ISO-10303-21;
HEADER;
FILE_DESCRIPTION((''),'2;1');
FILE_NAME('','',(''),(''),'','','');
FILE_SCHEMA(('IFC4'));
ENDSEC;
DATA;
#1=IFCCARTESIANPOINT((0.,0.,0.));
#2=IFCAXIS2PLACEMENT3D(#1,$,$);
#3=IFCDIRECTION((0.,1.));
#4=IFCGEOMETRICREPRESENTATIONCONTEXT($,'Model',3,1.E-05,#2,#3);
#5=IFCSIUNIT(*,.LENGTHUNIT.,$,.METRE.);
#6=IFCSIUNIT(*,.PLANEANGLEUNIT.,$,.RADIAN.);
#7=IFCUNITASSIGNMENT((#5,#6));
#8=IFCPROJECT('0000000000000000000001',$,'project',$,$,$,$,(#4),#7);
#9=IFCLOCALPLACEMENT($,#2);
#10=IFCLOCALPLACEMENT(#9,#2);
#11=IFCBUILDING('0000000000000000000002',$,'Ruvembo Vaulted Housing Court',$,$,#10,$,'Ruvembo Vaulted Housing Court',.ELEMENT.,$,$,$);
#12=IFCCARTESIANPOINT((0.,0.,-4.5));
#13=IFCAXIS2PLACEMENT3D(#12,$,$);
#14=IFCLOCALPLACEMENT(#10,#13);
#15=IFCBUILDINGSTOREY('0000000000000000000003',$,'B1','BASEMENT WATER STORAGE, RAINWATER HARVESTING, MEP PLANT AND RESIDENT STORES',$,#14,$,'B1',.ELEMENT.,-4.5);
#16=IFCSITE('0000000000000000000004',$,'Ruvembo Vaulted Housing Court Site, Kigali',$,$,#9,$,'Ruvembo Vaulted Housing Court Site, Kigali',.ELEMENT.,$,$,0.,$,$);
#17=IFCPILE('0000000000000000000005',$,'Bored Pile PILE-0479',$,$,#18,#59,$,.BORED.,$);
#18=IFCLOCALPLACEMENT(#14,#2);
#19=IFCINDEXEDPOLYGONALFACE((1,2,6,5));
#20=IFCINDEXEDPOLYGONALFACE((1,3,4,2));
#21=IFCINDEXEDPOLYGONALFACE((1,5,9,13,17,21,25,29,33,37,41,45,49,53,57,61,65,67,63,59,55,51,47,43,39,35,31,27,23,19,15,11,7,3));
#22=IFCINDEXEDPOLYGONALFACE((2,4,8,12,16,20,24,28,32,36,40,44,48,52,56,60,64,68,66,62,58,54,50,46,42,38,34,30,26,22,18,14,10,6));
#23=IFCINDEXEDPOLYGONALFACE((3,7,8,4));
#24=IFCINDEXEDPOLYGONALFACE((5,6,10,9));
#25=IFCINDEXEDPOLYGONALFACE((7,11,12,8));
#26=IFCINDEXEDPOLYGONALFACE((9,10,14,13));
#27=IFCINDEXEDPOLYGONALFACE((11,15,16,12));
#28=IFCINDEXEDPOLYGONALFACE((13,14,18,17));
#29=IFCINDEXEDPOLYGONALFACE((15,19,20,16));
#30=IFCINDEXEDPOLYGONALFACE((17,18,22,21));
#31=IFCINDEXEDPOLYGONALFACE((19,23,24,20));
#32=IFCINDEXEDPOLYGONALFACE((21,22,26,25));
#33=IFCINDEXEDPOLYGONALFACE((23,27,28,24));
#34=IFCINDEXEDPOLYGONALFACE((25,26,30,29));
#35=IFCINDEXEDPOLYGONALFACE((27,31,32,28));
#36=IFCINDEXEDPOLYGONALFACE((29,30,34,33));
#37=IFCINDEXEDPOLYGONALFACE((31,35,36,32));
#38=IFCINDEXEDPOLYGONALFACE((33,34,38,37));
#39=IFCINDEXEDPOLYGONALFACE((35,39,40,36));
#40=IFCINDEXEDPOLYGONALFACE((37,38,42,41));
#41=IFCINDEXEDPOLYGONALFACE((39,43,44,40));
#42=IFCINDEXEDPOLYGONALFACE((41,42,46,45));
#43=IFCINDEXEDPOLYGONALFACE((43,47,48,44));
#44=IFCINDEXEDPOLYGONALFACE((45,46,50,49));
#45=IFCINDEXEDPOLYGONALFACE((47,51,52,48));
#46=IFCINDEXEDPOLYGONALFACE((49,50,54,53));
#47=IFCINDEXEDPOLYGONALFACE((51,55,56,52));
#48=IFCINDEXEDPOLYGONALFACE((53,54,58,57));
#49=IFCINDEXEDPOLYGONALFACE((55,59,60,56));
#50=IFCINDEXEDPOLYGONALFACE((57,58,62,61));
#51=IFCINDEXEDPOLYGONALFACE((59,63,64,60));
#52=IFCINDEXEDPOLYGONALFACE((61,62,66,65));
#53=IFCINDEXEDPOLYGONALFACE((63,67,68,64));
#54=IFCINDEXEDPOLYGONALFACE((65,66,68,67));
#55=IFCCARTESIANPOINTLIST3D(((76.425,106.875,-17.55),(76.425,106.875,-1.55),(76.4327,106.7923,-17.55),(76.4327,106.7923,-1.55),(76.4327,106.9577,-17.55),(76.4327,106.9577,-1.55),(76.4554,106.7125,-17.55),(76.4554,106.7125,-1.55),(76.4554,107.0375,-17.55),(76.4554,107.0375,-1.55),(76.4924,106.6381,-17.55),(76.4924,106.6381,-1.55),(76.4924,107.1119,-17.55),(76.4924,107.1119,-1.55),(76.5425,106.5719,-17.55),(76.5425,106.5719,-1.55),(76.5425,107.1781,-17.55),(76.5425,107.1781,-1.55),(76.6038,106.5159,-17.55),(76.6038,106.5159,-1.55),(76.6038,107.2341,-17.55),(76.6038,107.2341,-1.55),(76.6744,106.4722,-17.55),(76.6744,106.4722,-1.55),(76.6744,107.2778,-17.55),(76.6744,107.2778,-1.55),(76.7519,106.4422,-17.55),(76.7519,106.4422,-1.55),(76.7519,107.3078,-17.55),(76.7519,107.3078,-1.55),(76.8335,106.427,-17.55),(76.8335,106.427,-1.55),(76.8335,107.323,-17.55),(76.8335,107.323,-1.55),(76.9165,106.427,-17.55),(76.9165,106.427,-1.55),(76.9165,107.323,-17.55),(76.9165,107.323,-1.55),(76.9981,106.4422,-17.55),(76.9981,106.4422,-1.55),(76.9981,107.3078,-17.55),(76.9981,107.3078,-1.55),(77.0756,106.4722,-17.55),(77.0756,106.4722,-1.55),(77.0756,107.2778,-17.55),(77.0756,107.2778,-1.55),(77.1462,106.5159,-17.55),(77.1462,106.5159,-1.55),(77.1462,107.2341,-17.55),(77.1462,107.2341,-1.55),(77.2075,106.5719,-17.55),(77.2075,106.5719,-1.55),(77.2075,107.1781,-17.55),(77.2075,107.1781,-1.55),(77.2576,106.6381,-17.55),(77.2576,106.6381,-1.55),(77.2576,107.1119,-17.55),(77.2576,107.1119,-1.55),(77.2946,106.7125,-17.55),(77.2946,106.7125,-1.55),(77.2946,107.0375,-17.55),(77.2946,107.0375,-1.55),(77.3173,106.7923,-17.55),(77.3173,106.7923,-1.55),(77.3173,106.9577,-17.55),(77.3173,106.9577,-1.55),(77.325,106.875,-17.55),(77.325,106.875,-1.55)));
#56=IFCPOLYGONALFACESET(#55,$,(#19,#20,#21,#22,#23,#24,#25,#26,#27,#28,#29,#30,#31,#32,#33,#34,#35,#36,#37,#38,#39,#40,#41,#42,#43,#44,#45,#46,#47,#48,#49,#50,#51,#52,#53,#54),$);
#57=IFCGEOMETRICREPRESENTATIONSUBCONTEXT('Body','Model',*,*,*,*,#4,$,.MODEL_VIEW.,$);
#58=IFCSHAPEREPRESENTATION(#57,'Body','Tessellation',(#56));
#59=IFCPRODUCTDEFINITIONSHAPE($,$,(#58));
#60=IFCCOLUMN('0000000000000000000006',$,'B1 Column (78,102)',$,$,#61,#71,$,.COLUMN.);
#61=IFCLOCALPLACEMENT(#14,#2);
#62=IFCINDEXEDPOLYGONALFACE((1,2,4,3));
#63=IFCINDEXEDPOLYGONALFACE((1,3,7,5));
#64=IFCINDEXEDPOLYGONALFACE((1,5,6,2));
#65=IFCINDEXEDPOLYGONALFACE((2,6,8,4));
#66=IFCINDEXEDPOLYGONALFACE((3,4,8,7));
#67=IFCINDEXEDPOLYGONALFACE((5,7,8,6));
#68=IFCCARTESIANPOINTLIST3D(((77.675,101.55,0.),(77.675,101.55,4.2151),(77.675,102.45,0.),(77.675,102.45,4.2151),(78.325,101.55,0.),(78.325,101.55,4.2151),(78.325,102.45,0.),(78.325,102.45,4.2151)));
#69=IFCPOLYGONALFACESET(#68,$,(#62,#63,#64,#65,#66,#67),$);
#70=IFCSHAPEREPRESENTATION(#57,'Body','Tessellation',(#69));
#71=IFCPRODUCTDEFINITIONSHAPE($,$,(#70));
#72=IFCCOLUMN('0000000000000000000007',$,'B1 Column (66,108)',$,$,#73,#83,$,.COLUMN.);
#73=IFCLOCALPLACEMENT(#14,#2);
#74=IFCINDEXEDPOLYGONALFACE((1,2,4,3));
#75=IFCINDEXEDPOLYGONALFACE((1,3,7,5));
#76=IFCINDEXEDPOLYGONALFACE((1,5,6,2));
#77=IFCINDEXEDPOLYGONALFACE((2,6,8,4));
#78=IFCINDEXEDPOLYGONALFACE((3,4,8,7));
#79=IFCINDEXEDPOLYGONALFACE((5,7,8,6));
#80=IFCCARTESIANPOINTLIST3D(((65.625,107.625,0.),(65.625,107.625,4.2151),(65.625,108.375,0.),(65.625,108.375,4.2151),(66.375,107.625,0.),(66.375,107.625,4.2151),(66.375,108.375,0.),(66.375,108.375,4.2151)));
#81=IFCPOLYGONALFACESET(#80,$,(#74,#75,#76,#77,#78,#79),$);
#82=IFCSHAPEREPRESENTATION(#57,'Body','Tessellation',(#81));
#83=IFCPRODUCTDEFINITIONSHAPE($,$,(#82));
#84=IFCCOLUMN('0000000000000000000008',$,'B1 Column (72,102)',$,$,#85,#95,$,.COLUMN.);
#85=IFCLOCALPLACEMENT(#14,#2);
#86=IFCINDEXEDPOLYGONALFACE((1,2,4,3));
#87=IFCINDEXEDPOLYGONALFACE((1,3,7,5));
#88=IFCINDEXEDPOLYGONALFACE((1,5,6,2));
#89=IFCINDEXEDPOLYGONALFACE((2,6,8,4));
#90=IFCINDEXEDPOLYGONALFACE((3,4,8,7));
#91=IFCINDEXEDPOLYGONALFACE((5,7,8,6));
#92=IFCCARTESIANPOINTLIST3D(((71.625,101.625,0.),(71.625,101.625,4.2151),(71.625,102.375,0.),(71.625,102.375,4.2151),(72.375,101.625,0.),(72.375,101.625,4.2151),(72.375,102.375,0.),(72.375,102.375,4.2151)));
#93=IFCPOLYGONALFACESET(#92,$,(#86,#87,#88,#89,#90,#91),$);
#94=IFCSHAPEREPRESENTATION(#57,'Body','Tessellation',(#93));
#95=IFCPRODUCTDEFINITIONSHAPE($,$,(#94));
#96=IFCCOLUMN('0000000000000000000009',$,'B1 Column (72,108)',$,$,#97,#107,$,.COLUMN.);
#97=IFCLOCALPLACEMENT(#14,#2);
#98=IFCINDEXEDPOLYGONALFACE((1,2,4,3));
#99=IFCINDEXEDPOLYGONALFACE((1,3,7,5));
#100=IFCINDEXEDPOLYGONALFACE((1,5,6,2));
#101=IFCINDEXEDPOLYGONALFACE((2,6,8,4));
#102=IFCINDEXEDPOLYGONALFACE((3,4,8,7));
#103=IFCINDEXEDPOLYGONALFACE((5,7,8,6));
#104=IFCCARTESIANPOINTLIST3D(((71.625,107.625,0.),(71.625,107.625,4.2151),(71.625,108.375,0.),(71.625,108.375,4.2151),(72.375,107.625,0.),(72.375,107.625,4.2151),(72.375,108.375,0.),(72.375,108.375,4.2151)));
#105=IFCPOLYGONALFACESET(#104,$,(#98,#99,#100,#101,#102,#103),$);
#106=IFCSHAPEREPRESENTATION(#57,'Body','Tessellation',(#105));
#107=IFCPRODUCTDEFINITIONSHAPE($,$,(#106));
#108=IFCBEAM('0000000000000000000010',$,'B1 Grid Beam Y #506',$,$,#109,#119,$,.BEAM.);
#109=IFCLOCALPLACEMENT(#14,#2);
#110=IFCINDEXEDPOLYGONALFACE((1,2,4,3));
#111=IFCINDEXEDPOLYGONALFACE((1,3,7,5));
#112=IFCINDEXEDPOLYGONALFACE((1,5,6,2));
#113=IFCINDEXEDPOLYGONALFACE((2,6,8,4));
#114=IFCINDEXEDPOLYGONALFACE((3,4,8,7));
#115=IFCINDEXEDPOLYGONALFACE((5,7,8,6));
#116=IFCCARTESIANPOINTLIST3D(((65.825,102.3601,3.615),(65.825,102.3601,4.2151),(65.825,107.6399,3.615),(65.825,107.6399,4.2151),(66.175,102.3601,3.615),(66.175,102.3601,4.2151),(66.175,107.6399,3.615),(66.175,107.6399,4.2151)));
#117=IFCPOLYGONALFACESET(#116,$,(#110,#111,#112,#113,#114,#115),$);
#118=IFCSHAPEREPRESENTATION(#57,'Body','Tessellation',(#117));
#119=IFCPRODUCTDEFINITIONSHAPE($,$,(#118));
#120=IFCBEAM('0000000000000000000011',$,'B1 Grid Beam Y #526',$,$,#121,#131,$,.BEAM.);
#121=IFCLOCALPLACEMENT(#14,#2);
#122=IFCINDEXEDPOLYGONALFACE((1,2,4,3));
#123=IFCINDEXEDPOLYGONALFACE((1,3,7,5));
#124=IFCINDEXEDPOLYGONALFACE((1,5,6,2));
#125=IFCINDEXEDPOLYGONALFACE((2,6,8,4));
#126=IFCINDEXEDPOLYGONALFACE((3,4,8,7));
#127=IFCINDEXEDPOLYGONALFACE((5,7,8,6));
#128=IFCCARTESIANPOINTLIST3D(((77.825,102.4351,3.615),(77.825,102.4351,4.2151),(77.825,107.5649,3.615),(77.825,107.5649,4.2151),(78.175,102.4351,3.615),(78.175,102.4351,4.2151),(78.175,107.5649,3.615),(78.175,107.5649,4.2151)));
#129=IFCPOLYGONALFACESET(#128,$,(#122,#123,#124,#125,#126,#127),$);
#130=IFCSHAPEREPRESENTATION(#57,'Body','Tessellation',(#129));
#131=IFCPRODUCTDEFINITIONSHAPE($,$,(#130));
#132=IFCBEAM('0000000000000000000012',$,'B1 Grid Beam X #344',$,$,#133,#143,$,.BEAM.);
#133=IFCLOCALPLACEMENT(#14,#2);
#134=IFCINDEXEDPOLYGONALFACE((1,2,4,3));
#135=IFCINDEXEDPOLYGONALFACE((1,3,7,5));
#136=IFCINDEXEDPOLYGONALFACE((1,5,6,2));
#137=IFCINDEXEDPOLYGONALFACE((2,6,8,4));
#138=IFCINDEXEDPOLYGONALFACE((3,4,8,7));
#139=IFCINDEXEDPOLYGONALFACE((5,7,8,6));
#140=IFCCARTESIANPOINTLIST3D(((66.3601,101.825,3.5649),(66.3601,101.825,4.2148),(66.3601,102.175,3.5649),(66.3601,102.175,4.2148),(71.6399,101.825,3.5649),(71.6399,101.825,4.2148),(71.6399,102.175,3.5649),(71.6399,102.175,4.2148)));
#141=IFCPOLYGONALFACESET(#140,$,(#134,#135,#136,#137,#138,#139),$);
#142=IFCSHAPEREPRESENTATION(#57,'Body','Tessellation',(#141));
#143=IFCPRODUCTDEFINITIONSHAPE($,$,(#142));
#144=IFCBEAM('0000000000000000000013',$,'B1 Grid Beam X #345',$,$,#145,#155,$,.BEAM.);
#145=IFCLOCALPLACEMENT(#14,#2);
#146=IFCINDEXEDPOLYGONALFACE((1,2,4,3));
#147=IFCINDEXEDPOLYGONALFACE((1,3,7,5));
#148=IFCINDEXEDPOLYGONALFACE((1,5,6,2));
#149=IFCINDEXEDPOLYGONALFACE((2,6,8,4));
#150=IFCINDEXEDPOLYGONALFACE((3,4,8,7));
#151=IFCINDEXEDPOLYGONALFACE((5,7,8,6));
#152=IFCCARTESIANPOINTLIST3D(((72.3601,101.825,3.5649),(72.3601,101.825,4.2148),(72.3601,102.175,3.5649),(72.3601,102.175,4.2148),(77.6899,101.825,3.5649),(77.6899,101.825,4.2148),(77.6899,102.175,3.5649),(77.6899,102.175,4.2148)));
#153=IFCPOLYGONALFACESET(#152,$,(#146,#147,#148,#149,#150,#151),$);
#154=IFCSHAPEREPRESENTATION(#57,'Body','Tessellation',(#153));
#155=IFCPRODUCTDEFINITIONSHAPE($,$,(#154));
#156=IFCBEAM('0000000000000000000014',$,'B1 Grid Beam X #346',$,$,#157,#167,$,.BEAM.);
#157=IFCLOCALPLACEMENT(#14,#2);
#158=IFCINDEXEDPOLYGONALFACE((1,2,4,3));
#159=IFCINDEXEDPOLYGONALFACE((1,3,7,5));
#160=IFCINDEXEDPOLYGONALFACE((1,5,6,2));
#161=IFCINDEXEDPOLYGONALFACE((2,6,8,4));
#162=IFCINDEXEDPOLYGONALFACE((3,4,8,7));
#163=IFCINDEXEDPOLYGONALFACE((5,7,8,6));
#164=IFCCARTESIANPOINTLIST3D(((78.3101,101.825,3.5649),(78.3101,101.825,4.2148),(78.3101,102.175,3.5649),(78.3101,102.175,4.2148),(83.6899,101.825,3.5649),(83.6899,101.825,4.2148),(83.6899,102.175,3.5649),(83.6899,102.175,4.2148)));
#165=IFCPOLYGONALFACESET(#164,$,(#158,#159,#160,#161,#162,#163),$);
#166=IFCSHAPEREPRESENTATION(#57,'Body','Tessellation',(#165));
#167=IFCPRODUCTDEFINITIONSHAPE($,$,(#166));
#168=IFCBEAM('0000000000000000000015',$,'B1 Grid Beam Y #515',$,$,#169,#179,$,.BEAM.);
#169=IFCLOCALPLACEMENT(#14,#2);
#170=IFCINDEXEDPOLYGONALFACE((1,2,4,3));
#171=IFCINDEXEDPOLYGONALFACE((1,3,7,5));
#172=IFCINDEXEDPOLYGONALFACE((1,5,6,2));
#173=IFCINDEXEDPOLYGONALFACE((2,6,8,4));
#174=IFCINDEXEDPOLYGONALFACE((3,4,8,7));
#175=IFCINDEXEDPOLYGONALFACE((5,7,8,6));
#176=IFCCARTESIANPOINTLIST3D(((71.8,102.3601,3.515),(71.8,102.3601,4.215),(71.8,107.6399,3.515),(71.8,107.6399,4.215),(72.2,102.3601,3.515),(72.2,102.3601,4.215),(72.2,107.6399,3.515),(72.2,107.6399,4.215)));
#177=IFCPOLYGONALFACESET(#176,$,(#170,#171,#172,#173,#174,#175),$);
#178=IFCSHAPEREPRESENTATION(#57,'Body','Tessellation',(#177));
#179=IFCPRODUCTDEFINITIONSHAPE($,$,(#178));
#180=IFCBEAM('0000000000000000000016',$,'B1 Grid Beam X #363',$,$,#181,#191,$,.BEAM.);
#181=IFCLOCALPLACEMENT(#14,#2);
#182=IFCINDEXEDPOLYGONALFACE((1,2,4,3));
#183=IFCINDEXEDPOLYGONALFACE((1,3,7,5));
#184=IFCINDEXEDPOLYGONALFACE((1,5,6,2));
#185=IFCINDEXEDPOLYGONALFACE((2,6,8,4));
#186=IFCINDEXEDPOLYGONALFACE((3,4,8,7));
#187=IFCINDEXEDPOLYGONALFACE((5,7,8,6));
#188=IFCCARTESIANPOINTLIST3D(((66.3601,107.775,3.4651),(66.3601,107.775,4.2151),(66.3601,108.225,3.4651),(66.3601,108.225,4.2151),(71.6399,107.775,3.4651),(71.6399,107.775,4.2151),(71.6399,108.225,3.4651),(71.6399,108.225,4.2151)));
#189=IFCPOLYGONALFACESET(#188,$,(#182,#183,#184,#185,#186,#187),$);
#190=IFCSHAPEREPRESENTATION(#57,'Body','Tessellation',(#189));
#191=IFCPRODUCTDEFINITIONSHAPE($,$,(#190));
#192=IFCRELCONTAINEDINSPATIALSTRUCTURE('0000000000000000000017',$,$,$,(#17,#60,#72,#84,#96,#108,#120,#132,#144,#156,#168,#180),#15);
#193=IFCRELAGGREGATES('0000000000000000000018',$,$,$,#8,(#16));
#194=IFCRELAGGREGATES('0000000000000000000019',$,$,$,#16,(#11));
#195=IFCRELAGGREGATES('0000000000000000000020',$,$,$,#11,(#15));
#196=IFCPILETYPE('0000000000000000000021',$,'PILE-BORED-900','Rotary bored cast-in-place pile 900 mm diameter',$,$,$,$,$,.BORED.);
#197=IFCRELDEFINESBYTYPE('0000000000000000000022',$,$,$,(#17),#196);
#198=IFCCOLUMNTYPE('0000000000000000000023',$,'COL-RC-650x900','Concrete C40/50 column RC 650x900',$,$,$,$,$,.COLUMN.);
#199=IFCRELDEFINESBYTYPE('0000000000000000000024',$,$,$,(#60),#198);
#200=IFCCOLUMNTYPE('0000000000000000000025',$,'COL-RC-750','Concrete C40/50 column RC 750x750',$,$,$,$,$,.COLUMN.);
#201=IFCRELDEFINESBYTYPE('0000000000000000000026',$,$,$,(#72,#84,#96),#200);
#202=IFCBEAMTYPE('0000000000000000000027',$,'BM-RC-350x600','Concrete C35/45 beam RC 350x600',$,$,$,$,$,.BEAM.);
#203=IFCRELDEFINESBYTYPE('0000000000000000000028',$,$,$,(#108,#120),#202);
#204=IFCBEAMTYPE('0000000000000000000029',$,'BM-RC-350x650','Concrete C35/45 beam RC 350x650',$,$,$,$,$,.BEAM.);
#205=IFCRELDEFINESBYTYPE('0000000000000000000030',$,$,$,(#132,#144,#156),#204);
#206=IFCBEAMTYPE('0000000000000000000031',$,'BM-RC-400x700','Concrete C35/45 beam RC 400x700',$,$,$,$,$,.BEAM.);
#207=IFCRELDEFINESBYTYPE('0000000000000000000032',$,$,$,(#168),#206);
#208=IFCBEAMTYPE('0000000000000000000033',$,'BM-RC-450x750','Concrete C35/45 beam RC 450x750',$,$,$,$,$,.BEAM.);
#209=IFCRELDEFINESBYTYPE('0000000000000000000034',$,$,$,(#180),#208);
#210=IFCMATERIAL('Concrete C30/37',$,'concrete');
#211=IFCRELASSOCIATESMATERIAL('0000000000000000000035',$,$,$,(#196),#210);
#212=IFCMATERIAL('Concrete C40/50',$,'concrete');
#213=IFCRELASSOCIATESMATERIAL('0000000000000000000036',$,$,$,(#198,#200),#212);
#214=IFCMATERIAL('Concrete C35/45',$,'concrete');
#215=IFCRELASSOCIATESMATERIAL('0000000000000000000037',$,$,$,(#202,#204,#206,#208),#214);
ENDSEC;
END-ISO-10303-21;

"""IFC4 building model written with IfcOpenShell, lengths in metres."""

from ifc_helpers import new_model, si_unit, direction, frame, origin, origin_2d, place, context, subcontext, project, spatial, rectangle, circle, extrude, material, material_profile, profile_set, type_object, element, save


model = new_model("IFC4")

# Units and contexts
model_context = context("Model", 3, precision=1e-05, world=origin(), true_north=direction((0.0, 1.0)))
body_context = subcontext(model_context, "Body", "Model", "MODEL_VIEW")
ifc_project = project(units=[si_unit("LENGTHUNIT", "METRE"), si_unit("PLANEANGLEUNIT", "RADIAN")], contexts=[model_context])

# Site, building, storey
site_placement = place(None, origin())
site = spatial("IfcSite", under=ifc_project, at=site_placement, Name="Ruvembo Vaulted Housing Court Site, Kigali", LongName="Ruvembo Vaulted Housing Court Site, Kigali", CompositionType="ELEMENT", RefElevation=0.0)
building_placement = place(site_placement, origin())
building = spatial("IfcBuilding", under=site, at=building_placement, Name="Ruvembo Vaulted Housing Court", LongName="Ruvembo Vaulted Housing Court", CompositionType="ELEMENT")
storey_placement = place(building_placement, frame((0.0, 0.0, -4.5)))
storey = spatial("IfcBuildingStorey", under=building, at=storey_placement, Name="B1", Description="BASEMENT WATER STORAGE, RAINWATER HARVESTING, MEP PLANT AND RESIDENT STORES", LongName="B1", CompositionType="ELEMENT", Elevation=-4.5)

# Shared definitions
ifc_material_1 = material(Name="Concrete C35/45", Category="concrete")

# Pile
ifc_material_2 = material(Name="Concrete C30/37", Category="concrete")
ifc_material_profile_1 = material_profile(ifc_material_2, circle(Radius=0.45, at=origin_2d()), Name="PILE D900")
ifc_profile_set_1 = profile_set([ifc_material_profile_1], Name="Concrete C30/37")
pile_type = type_object("IfcPileType", Name="PILE-BORED-900", Description="Rotary bored cast-in-place pile 900 mm diameter", PredefinedType="BORED", material=ifc_profile_set_1)
for number, where, z_axis, x_axis, name in (
    (1, (76.875, 106.875, -1.55), (0.0, 0.0, -1.0), (1.0, 0.0, 0.0), "Bored Pile PILE-0479"),
):
    element("IfcPile", number, at=place(storey_placement, frame(where, z_axis=z_axis, x_axis=x_axis)), inside=storey, type_object=pile_type, Name=name, PredefinedType="BORED", context=body_context, shape_type="SweptSolid", body=[
        extrude(circle(Radius=0.45, at=origin_2d()), origin(), (0.0, 0.0, 1.0), 16.0),
    ])

# Columns
ifc_material_3 = material(Name="Concrete C40/50", Category="concrete")
ifc_material_profile_2 = material_profile(ifc_material_3, rectangle(XDim=0.6499, YDim=0.8999, at=origin_2d()), Name="RC 650x900")
ifc_profile_set_2 = profile_set([ifc_material_profile_2], Name="Concrete C40/50")
column_type_1 = type_object("IfcColumnType", Name="COL-RC-650x900", Description="Concrete C40/50 column RC 650x900", PredefinedType="COLUMN", material=ifc_profile_set_2)
column_placement = place(storey_placement, frame((78.0, 102.0, 0.0), z_axis=(0.0, 0.0, 1.0), x_axis=(1.0, 0.0, 0.0)))
element("IfcColumn", 2, at=column_placement, inside=storey, type_object=column_type_1, Name="B1 Column (78,102)", PredefinedType="COLUMN", context=body_context, shape_type="SweptSolid", body=[
    extrude(rectangle(XDim=0.6499, YDim=0.8999, at=origin_2d()), origin(), (0.0, 0.0, 1.0), 4.2151),
])
ifc_material_profile_3 = material_profile(ifc_material_3, rectangle(XDim=0.75, YDim=0.75, at=origin_2d()), Name="RC 750x750")
ifc_profile_set_3 = profile_set([ifc_material_profile_3], Name="Concrete C40/50")
column_type_2 = type_object("IfcColumnType", Name="COL-RC-750", Description="Concrete C40/50 column RC 750x750", PredefinedType="COLUMN", material=ifc_profile_set_3)
for number, where, z_axis, x_axis, name in (
    (3, (66.0, 108.0, 0.0), (0.0, 0.0, 1.0), (1.0, 0.0, 0.0), "B1 Column (66,108)"),
    (4, (72.0, 102.0, 0.0), (0.0, 0.0, 1.0), (1.0, 0.0, 0.0), "B1 Column (72,102)"),
    (5, (72.0, 108.0, 0.0), (0.0, 0.0, 1.0), (1.0, 0.0, 0.0), "B1 Column (72,108)"),
):
    element("IfcColumn", number, at=place(storey_placement, frame(where, z_axis=z_axis, x_axis=x_axis)), inside=storey, type_object=column_type_2, Name=name, PredefinedType="COLUMN", context=body_context, shape_type="SweptSolid", body=[
        extrude(rectangle(XDim=0.75, YDim=0.75, at=origin_2d()), origin(), (0.0, 0.0, 1.0), 4.2151),
    ])

# Beams
ifc_material_profile_4 = material_profile(ifc_material_1, rectangle(XDim=0.3501, YDim=0.6001, at=origin_2d()), Name="RC 350x600")
ifc_profile_set_4 = profile_set([ifc_material_profile_4], Name="Concrete C35/45")
beam_type_1 = type_object("IfcBeamType", Name="BM-RC-350x600", Description="Concrete C35/45 beam RC 350x600", PredefinedType="BEAM", material=ifc_profile_set_4)
beam_1_placement = place(storey_placement, frame((66.0, 102.3601, 3.915), z_axis=(0.0, 1.0, 0.0), x_axis=(-1.0, 0.0, 0.0)))
element("IfcBeam", 6, at=beam_1_placement, inside=storey, type_object=beam_type_1, Name="B1 Grid Beam Y #506", PredefinedType="BEAM", context=body_context, shape_type="SweptSolid", body=[
    extrude(rectangle(XDim=0.3501, YDim=0.6001, at=origin_2d()), origin(), (0.0, 0.0, 1.0), 5.2798),
])
beam_2_placement = place(storey_placement, frame((78.0, 102.4351, 3.915), z_axis=(0.0, 1.0, 0.0), x_axis=(-1.0, 0.0, 0.0)))
element("IfcBeam", 7, at=beam_2_placement, inside=storey, type_object=beam_type_1, Name="B1 Grid Beam Y #526", PredefinedType="BEAM", context=body_context, shape_type="SweptSolid", body=[
    extrude(rectangle(XDim=0.3501, YDim=0.6001, at=origin_2d()), origin(), (0.0, 0.0, 1.0), 5.1299),
])
ifc_material_profile_5 = material_profile(ifc_material_1, rectangle(XDim=0.3501, YDim=0.6499, at=origin_2d()), Name="RC 350x650")
ifc_profile_set_5 = profile_set([ifc_material_profile_5], Name="Concrete C35/45")
beam_type_2 = type_object("IfcBeamType", Name="BM-RC-350x650", Description="Concrete C35/45 beam RC 350x650", PredefinedType="BEAM", material=ifc_profile_set_5)
beam_3_placement = place(storey_placement, frame((66.3601, 102.0, 3.8899), z_axis=(1.0, 0.0, 0.0), x_axis=(0.0, 1.0, 0.0)))
element("IfcBeam", 8, at=beam_3_placement, inside=storey, type_object=beam_type_2, Name="B1 Grid Beam X #344", PredefinedType="BEAM", context=body_context, shape_type="SweptSolid", body=[
    extrude(rectangle(XDim=0.3501, YDim=0.6499, at=origin_2d()), origin(), (0.0, 0.0, 1.0), 5.2798),
])
beam_4_placement = place(storey_placement, frame((72.3601, 102.0, 3.8899), z_axis=(1.0, 0.0, 0.0), x_axis=(0.0, 1.0, 0.0)))
element("IfcBeam", 9, at=beam_4_placement, inside=storey, type_object=beam_type_2, Name="B1 Grid Beam X #345", PredefinedType="BEAM", context=body_context, shape_type="SweptSolid", body=[
    extrude(rectangle(XDim=0.3501, YDim=0.6499, at=origin_2d()), origin(), (0.0, 0.0, 1.0), 5.3298),
])
beam_5_placement = place(storey_placement, frame((78.3101, 102.0, 3.8899), z_axis=(1.0, 0.0, 0.0), x_axis=(0.0, 1.0, 0.0)))
element("IfcBeam", 10, at=beam_5_placement, inside=storey, type_object=beam_type_2, Name="B1 Grid Beam X #346", PredefinedType="BEAM", context=body_context, shape_type="SweptSolid", body=[
    extrude(rectangle(XDim=0.3501, YDim=0.6499, at=origin_2d()), origin(), (0.0, 0.0, 1.0), 5.3799),
])
ifc_material_profile_6 = material_profile(ifc_material_1, rectangle(XDim=0.3999, YDim=0.7, at=origin_2d()), Name="RC 400x700")
ifc_profile_set_6 = profile_set([ifc_material_profile_6], Name="Concrete C35/45")
beam_type_3 = type_object("IfcBeamType", Name="BM-RC-400x700", Description="Concrete C35/45 beam RC 400x700", PredefinedType="BEAM", material=ifc_profile_set_6)
beam_6_placement = place(storey_placement, frame((72.0, 102.3601, 3.865), z_axis=(0.0, 1.0, 0.0), x_axis=(-1.0, 0.0, 0.0)))
element("IfcBeam", 11, at=beam_6_placement, inside=storey, type_object=beam_type_3, Name="B1 Grid Beam Y #515", PredefinedType="BEAM", context=body_context, shape_type="SweptSolid", body=[
    extrude(rectangle(XDim=0.3999, YDim=0.7, at=origin_2d()), origin(), (0.0, 0.0, 1.0), 5.2798),
])
ifc_material_profile_7 = material_profile(ifc_material_1, rectangle(XDim=0.45, YDim=0.75, at=origin_2d()), Name="RC 450x750")
ifc_profile_set_7 = profile_set([ifc_material_profile_7], Name="Concrete C35/45")
beam_type_4 = type_object("IfcBeamType", Name="BM-RC-450x750", Description="Concrete C35/45 beam RC 450x750", PredefinedType="BEAM", material=ifc_profile_set_7)
beam_7_placement = place(storey_placement, frame((66.3601, 108.0, 3.8401), z_axis=(1.0, 0.0, 0.0), x_axis=(0.0, 1.0, 0.0)))
element("IfcBeam", 12, at=beam_7_placement, inside=storey, type_object=beam_type_4, Name="B1 Grid Beam X #363", PredefinedType="BEAM", context=body_context, shape_type="SweptSolid", body=[
    extrude(rectangle(XDim=0.45, YDim=0.75, at=origin_2d()), origin(), (0.0, 0.0, 1.0), 5.2798),
])

save(model, "model.ifc")
